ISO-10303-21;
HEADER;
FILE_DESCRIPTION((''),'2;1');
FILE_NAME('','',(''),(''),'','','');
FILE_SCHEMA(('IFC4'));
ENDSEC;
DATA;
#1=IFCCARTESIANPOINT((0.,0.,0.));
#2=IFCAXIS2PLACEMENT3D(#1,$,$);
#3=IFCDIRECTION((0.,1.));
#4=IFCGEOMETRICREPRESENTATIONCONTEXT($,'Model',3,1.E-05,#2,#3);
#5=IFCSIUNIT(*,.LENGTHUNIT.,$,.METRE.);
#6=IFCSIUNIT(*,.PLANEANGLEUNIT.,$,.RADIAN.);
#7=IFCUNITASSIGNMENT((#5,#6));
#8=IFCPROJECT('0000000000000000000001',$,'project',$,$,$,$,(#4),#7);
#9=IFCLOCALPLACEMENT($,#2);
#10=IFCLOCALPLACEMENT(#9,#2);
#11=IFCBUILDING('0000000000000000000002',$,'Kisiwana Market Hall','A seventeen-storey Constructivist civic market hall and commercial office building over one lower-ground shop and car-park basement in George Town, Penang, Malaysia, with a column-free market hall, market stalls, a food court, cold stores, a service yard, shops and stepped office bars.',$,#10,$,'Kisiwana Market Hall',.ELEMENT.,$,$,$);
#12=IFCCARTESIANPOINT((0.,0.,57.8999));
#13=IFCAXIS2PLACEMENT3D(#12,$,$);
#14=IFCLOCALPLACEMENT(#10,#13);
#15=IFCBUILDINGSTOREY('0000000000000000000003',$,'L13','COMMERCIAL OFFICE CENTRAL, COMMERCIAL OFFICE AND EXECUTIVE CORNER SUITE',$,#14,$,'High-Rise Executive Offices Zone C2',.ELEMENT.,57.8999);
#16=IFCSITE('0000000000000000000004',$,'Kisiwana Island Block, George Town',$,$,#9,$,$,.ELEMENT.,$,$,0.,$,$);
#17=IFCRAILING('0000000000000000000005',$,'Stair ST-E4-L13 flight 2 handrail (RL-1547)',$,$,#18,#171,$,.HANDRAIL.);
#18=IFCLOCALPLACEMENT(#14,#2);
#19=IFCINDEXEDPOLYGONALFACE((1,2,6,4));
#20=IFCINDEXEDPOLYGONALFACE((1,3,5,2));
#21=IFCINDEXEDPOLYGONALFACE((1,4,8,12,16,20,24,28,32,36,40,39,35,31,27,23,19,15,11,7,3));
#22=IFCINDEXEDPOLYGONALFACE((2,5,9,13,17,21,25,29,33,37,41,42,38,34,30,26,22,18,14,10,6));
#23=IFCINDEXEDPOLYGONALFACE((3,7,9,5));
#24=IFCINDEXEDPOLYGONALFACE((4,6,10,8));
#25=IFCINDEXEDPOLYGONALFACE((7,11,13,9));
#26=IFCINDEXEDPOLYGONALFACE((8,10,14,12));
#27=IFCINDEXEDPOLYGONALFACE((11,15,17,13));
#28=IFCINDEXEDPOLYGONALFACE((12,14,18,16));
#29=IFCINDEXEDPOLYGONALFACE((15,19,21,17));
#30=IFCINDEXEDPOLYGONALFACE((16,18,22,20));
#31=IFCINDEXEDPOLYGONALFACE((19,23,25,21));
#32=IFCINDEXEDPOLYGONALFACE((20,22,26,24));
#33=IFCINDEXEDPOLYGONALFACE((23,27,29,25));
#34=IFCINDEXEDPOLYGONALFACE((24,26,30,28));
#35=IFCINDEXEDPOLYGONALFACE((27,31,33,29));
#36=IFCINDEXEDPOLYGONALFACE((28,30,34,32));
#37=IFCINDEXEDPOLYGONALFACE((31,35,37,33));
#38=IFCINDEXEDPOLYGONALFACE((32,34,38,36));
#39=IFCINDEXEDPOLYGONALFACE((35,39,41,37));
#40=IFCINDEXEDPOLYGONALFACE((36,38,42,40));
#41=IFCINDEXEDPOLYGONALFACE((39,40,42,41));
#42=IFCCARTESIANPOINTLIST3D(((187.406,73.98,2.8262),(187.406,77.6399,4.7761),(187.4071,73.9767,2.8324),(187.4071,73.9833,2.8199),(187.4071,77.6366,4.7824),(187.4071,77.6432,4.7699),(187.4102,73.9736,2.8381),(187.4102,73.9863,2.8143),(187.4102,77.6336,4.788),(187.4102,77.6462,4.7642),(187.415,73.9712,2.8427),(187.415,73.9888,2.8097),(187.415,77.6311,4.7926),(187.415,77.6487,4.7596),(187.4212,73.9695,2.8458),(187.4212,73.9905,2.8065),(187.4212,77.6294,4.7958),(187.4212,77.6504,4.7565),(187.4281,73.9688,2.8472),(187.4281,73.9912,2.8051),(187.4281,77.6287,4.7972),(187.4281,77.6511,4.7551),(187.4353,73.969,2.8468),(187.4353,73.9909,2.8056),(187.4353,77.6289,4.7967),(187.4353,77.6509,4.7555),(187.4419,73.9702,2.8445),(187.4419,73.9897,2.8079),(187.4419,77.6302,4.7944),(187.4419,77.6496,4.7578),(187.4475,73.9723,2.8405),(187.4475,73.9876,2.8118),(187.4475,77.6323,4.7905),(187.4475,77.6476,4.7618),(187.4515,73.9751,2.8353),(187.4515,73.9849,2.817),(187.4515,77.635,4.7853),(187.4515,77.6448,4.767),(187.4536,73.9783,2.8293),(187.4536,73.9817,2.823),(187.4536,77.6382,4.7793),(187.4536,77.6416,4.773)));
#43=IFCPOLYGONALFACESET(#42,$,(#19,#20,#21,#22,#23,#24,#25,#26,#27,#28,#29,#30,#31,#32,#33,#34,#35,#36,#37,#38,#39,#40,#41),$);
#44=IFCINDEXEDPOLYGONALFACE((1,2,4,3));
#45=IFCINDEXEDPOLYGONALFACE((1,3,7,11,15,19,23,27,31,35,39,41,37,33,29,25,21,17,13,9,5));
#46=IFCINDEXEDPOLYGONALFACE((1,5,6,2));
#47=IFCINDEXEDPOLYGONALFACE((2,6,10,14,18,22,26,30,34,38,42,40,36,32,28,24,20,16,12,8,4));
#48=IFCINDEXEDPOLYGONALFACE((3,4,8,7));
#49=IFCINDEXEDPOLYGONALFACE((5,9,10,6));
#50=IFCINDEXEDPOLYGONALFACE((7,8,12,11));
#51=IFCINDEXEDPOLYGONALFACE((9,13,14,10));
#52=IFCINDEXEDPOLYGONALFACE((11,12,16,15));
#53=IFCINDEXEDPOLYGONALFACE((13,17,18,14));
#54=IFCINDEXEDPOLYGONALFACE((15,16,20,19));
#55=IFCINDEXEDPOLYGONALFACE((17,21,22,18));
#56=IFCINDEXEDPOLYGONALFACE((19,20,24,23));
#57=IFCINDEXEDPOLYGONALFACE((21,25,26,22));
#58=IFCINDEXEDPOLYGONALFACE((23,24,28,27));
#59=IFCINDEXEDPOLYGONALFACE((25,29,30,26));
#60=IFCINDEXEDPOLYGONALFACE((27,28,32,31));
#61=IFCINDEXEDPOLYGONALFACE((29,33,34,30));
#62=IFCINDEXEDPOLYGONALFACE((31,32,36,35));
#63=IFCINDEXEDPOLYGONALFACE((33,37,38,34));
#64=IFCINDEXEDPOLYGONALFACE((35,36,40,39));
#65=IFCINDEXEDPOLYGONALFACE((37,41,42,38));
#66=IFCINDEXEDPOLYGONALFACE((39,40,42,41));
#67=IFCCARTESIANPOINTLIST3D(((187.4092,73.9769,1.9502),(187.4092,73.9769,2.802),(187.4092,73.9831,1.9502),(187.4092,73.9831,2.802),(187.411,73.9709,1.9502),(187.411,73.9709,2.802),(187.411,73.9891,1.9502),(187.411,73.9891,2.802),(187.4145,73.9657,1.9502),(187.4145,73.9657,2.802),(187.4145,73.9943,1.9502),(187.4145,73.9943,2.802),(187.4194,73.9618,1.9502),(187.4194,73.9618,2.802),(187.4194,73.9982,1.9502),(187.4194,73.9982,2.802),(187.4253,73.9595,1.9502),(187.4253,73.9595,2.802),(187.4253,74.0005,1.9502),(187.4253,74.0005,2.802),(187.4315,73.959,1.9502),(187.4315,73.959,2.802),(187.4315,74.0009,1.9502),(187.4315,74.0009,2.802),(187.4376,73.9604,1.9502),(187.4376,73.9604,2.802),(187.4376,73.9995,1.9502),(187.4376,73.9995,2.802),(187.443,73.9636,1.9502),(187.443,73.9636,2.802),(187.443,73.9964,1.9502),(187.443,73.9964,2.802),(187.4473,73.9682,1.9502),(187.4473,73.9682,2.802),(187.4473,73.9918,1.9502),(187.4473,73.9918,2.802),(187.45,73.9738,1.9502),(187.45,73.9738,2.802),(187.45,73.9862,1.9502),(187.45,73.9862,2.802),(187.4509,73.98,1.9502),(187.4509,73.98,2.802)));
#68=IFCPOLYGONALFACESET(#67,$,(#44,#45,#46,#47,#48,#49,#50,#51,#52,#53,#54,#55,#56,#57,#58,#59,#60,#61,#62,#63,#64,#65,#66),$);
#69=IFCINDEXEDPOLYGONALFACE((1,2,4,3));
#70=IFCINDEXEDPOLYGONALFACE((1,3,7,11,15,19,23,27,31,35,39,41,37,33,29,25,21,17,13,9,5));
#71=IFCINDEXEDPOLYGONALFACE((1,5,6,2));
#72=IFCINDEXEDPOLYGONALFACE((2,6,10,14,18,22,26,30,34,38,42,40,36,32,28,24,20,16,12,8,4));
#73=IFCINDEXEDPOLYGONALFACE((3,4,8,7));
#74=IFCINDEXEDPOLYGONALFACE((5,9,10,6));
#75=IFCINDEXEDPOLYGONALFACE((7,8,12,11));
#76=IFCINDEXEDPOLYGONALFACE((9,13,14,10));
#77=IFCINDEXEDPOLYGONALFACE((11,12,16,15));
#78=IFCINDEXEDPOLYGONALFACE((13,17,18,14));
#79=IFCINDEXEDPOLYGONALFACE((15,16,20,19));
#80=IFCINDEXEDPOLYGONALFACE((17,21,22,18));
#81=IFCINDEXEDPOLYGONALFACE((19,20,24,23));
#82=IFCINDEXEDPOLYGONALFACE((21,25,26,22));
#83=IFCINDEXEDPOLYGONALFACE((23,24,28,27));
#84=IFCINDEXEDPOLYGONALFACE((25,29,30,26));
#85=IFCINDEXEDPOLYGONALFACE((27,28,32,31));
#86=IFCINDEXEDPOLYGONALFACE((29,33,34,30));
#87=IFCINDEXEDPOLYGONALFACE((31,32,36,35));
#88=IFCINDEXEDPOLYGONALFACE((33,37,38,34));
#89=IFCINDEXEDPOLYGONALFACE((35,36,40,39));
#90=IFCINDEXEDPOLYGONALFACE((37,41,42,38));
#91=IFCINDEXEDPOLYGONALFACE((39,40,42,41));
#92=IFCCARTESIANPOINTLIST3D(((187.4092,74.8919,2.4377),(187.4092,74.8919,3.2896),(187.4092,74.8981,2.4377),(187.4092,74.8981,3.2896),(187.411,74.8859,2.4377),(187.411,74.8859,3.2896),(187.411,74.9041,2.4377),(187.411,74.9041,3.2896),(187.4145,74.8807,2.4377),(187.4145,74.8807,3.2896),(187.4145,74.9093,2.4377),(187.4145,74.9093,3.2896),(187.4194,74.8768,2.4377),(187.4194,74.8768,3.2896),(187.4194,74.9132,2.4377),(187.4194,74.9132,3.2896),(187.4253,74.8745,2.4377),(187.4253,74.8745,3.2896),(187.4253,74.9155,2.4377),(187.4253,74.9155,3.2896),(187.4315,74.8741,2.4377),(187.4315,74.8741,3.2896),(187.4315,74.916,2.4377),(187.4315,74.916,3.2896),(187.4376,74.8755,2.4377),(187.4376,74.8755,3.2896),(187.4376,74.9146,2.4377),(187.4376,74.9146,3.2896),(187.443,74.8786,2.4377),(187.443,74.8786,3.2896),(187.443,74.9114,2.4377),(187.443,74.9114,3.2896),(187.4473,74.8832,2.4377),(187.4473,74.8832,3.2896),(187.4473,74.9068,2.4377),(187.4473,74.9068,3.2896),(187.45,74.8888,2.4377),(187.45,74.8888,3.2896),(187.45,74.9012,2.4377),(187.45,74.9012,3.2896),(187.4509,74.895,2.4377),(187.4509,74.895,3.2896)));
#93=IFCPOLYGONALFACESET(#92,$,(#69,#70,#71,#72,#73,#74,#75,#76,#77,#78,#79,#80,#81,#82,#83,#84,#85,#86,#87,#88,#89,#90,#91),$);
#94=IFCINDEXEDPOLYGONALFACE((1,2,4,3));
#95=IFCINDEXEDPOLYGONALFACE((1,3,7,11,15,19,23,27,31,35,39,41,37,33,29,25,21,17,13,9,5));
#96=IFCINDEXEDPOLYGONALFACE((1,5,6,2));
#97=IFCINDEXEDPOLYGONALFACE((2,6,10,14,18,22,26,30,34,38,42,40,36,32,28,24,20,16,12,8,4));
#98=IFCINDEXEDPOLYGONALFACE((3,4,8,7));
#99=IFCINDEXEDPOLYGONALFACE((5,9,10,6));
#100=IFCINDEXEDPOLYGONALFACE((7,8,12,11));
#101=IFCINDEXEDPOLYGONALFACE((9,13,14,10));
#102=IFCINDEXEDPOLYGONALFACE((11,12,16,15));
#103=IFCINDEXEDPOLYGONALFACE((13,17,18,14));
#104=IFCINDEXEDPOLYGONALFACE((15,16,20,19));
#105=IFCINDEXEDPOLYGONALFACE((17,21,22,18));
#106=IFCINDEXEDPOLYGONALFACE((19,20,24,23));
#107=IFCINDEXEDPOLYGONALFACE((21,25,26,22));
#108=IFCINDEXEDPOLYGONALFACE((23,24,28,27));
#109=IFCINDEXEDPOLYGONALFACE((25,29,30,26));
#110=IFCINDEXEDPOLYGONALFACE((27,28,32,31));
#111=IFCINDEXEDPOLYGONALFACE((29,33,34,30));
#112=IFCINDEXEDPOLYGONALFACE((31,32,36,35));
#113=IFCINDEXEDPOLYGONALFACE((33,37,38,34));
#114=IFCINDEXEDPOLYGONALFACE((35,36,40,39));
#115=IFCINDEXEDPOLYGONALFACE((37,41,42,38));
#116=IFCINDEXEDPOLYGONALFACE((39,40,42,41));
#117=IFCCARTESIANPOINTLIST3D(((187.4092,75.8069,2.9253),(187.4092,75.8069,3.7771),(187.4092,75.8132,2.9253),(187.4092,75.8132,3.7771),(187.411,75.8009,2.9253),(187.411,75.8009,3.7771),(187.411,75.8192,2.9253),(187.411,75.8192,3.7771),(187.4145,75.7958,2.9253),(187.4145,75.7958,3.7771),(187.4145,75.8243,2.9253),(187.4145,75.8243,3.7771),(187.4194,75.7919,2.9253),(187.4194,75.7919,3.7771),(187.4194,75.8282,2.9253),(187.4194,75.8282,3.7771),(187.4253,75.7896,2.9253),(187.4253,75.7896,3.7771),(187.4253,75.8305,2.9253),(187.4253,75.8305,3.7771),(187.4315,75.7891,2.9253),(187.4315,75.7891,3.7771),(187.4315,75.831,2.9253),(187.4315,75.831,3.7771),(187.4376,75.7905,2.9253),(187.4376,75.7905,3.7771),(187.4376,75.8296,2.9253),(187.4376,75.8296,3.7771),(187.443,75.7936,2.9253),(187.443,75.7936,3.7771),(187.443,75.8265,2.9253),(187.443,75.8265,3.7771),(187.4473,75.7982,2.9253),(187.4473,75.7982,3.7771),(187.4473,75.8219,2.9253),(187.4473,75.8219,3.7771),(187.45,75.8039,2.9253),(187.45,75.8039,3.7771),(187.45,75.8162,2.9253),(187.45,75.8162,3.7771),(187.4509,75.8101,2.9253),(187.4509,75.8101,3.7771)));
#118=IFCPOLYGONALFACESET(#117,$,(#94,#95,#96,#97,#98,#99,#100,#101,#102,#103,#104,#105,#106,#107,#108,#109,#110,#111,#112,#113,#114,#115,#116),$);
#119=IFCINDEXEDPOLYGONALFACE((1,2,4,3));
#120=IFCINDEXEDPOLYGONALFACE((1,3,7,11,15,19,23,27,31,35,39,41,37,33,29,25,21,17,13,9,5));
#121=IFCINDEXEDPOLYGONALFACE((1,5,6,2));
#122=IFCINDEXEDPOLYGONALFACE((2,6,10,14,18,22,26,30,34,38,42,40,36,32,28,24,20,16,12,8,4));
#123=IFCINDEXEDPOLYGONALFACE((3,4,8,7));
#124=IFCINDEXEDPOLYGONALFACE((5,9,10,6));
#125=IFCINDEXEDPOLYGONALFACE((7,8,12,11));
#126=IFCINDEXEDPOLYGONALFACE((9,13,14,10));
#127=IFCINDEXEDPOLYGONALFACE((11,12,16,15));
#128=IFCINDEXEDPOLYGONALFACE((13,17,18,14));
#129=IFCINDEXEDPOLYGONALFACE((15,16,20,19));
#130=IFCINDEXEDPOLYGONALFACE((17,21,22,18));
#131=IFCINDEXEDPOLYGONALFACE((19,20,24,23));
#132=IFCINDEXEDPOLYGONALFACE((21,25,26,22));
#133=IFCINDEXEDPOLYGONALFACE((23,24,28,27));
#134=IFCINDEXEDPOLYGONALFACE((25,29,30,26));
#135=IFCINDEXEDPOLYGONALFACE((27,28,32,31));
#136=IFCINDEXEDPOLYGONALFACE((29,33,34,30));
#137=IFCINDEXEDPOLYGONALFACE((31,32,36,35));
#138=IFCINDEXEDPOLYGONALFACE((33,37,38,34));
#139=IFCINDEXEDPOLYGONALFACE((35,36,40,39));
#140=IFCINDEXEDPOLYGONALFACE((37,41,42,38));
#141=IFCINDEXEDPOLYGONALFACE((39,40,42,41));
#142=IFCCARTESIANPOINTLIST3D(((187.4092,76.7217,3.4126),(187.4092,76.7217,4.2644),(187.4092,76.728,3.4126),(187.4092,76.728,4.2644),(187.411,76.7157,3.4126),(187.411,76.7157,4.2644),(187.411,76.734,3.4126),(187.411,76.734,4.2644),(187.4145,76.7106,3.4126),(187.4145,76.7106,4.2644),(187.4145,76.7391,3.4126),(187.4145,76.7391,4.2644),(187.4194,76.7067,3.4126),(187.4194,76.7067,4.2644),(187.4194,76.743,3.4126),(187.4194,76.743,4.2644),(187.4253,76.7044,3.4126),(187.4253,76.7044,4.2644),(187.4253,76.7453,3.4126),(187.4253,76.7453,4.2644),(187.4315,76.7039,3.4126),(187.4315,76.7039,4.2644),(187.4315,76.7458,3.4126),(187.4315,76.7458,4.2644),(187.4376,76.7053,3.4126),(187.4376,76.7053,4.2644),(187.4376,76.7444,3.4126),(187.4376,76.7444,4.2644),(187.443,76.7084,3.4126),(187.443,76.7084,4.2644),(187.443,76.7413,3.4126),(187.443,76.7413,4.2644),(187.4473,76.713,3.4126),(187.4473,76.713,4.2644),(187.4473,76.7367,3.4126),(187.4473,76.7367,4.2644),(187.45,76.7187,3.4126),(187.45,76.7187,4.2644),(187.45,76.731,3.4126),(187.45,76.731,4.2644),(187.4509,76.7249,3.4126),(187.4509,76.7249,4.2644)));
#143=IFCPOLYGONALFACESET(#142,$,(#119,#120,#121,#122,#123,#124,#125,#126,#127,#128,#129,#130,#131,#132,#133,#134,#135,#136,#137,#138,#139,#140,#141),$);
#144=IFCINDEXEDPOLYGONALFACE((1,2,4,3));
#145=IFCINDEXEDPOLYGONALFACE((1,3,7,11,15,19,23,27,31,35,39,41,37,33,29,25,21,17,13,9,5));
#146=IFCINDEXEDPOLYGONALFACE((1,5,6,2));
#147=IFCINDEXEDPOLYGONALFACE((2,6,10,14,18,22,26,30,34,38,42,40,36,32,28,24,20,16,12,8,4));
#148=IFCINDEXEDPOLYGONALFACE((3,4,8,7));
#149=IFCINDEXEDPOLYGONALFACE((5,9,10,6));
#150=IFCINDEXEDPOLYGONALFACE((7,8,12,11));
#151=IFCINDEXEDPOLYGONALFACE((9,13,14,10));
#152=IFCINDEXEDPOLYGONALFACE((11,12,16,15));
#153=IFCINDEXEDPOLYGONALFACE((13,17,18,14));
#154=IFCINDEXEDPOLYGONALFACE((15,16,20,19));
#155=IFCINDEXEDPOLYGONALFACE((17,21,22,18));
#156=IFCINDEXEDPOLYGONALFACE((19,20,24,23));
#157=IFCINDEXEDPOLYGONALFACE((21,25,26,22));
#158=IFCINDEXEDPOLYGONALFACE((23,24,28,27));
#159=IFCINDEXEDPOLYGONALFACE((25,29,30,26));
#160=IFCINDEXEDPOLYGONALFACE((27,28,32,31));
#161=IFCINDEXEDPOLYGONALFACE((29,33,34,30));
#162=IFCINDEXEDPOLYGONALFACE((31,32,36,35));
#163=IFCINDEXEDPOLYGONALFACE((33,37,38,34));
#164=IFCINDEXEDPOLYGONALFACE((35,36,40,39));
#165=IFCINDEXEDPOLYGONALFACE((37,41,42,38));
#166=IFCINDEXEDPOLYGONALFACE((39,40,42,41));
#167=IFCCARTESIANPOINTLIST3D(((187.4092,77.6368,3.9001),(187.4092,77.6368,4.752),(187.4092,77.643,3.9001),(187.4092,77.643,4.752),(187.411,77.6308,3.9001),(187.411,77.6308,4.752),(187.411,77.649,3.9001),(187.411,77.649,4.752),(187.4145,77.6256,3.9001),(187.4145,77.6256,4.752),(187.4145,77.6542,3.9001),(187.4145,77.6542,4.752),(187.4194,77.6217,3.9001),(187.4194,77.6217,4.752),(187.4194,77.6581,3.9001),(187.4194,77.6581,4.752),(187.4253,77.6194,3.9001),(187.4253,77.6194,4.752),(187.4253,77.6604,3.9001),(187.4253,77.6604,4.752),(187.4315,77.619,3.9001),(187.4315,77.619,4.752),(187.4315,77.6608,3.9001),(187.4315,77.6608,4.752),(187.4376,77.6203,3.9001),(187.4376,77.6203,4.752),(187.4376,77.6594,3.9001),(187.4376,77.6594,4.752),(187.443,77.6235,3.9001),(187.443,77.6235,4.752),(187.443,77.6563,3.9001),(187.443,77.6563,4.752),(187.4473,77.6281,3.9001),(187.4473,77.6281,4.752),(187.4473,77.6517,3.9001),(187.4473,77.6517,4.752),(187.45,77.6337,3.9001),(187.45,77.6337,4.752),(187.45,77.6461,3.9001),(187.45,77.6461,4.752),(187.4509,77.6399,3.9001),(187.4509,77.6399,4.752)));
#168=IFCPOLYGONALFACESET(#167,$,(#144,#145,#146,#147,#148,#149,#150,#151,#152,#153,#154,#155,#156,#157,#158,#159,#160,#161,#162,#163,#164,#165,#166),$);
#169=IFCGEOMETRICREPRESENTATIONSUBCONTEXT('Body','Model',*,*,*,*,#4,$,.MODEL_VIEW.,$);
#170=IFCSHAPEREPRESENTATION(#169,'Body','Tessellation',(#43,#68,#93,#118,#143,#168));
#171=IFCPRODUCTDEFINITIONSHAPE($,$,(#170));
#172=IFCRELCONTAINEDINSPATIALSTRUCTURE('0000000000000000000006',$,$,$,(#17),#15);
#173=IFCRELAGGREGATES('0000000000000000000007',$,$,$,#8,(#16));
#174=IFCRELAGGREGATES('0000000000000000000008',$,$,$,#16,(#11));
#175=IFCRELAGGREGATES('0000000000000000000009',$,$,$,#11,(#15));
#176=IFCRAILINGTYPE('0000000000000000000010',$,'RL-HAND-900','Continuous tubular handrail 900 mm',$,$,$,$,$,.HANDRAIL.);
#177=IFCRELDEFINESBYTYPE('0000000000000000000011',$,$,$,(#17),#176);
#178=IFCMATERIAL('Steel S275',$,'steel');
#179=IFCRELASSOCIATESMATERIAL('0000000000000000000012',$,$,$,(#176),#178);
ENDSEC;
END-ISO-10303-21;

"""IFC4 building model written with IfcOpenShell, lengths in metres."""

from ifc_helpers import new_model, si_unit, direction, frame, origin, origin_2d, place, context, subcontext, project, spatial, circle, extrude, material, type_object, element, save


model = new_model("IFC4")

# Units and contexts
model_context = context("Model", 3, precision=1e-05, world=origin(), true_north=direction((0.0, 1.0)))
body_context = subcontext(model_context, "Body", "Model", "MODEL_VIEW")
ifc_project = project(units=[si_unit("LENGTHUNIT", "METRE"), si_unit("PLANEANGLEUNIT", "RADIAN")], contexts=[model_context])

# Site, building, storey
site_placement = place(None, origin())
site = spatial("IfcSite", under=ifc_project, at=site_placement, Name="Kisiwana Island Block, George Town", CompositionType="ELEMENT", RefElevation=0.0)
building_placement = place(site_placement, origin())
building = spatial("IfcBuilding", under=site, at=building_placement, Name="Kisiwana Market Hall", Description="A seventeen-storey Constructivist civic market hall and commercial office building over one lower-ground shop and car-park basement in George Town, Penang, Malaysia, with a column-free market hall, market stalls, a food court, cold stores, a service yard, shops and stepped office bars.", LongName="Kisiwana Market Hall", CompositionType="ELEMENT")
storey_placement = place(building_placement, frame((0.0, 0.0, 57.8999)))
storey = spatial("IfcBuildingStorey", under=building, at=storey_placement, Name="L13", Description="COMMERCIAL OFFICE CENTRAL, COMMERCIAL OFFICE AND EXECUTIVE CORNER SUITE", LongName="High-Rise Executive Offices Zone C2", CompositionType="ELEMENT", Elevation=57.8999)

# Railing
ifc_material_1 = material(Name="Steel S275", Category="steel")
railing_type_1 = type_object("IfcRailingType", Name="RL-HAND-900", Description="Continuous tubular handrail 900 mm", PredefinedType="HANDRAIL", material=ifc_material_1)
railing_1_placement = place(storey_placement, frame((187.4299, 73.98, 1.9502)))
element("IfcRailing", 1, at=railing_1_placement, inside=storey, type_object=railing_type_1, Name="Stair ST-E4-L13 flight 2 handrail (RL-1547)", PredefinedType="HANDRAIL", context=body_context, shape_type="SweptSolid", body=[
    extrude(circle(Radius=0.0239, at=origin_2d()), frame((0.0, 0.0, 0.876), z_axis=(0.0, 0.882553, 0.470212), x_axis=(-1.0, 0.0, 0.0)), (0.0, 0.0, 1.0), 4.147),
    extrude(circle(Radius=0.021, at=origin_2d()), origin(), (0.0, 0.0, 1.0), 0.8518),
    extrude(circle(Radius=0.021, at=origin_2d()), frame((0.0, 0.915, 0.4875)), (0.0, 0.0, 1.0), 0.8518),
    extrude(circle(Radius=0.021, at=origin_2d()), frame((0.0, 1.8301, 0.9751)), (0.0, 0.0, 1.0), 0.8518),
    extrude(circle(Radius=0.021, at=origin_2d()), frame((0.0, 2.7449, 1.4624)), (0.0, 0.0, 1.0), 0.8518),
    extrude(circle(Radius=0.021, at=origin_2d()), frame((0.0, 3.6599, 1.95)), (0.0, 0.0, 1.0), 0.8518),
])

save(model, "model.ifc")
